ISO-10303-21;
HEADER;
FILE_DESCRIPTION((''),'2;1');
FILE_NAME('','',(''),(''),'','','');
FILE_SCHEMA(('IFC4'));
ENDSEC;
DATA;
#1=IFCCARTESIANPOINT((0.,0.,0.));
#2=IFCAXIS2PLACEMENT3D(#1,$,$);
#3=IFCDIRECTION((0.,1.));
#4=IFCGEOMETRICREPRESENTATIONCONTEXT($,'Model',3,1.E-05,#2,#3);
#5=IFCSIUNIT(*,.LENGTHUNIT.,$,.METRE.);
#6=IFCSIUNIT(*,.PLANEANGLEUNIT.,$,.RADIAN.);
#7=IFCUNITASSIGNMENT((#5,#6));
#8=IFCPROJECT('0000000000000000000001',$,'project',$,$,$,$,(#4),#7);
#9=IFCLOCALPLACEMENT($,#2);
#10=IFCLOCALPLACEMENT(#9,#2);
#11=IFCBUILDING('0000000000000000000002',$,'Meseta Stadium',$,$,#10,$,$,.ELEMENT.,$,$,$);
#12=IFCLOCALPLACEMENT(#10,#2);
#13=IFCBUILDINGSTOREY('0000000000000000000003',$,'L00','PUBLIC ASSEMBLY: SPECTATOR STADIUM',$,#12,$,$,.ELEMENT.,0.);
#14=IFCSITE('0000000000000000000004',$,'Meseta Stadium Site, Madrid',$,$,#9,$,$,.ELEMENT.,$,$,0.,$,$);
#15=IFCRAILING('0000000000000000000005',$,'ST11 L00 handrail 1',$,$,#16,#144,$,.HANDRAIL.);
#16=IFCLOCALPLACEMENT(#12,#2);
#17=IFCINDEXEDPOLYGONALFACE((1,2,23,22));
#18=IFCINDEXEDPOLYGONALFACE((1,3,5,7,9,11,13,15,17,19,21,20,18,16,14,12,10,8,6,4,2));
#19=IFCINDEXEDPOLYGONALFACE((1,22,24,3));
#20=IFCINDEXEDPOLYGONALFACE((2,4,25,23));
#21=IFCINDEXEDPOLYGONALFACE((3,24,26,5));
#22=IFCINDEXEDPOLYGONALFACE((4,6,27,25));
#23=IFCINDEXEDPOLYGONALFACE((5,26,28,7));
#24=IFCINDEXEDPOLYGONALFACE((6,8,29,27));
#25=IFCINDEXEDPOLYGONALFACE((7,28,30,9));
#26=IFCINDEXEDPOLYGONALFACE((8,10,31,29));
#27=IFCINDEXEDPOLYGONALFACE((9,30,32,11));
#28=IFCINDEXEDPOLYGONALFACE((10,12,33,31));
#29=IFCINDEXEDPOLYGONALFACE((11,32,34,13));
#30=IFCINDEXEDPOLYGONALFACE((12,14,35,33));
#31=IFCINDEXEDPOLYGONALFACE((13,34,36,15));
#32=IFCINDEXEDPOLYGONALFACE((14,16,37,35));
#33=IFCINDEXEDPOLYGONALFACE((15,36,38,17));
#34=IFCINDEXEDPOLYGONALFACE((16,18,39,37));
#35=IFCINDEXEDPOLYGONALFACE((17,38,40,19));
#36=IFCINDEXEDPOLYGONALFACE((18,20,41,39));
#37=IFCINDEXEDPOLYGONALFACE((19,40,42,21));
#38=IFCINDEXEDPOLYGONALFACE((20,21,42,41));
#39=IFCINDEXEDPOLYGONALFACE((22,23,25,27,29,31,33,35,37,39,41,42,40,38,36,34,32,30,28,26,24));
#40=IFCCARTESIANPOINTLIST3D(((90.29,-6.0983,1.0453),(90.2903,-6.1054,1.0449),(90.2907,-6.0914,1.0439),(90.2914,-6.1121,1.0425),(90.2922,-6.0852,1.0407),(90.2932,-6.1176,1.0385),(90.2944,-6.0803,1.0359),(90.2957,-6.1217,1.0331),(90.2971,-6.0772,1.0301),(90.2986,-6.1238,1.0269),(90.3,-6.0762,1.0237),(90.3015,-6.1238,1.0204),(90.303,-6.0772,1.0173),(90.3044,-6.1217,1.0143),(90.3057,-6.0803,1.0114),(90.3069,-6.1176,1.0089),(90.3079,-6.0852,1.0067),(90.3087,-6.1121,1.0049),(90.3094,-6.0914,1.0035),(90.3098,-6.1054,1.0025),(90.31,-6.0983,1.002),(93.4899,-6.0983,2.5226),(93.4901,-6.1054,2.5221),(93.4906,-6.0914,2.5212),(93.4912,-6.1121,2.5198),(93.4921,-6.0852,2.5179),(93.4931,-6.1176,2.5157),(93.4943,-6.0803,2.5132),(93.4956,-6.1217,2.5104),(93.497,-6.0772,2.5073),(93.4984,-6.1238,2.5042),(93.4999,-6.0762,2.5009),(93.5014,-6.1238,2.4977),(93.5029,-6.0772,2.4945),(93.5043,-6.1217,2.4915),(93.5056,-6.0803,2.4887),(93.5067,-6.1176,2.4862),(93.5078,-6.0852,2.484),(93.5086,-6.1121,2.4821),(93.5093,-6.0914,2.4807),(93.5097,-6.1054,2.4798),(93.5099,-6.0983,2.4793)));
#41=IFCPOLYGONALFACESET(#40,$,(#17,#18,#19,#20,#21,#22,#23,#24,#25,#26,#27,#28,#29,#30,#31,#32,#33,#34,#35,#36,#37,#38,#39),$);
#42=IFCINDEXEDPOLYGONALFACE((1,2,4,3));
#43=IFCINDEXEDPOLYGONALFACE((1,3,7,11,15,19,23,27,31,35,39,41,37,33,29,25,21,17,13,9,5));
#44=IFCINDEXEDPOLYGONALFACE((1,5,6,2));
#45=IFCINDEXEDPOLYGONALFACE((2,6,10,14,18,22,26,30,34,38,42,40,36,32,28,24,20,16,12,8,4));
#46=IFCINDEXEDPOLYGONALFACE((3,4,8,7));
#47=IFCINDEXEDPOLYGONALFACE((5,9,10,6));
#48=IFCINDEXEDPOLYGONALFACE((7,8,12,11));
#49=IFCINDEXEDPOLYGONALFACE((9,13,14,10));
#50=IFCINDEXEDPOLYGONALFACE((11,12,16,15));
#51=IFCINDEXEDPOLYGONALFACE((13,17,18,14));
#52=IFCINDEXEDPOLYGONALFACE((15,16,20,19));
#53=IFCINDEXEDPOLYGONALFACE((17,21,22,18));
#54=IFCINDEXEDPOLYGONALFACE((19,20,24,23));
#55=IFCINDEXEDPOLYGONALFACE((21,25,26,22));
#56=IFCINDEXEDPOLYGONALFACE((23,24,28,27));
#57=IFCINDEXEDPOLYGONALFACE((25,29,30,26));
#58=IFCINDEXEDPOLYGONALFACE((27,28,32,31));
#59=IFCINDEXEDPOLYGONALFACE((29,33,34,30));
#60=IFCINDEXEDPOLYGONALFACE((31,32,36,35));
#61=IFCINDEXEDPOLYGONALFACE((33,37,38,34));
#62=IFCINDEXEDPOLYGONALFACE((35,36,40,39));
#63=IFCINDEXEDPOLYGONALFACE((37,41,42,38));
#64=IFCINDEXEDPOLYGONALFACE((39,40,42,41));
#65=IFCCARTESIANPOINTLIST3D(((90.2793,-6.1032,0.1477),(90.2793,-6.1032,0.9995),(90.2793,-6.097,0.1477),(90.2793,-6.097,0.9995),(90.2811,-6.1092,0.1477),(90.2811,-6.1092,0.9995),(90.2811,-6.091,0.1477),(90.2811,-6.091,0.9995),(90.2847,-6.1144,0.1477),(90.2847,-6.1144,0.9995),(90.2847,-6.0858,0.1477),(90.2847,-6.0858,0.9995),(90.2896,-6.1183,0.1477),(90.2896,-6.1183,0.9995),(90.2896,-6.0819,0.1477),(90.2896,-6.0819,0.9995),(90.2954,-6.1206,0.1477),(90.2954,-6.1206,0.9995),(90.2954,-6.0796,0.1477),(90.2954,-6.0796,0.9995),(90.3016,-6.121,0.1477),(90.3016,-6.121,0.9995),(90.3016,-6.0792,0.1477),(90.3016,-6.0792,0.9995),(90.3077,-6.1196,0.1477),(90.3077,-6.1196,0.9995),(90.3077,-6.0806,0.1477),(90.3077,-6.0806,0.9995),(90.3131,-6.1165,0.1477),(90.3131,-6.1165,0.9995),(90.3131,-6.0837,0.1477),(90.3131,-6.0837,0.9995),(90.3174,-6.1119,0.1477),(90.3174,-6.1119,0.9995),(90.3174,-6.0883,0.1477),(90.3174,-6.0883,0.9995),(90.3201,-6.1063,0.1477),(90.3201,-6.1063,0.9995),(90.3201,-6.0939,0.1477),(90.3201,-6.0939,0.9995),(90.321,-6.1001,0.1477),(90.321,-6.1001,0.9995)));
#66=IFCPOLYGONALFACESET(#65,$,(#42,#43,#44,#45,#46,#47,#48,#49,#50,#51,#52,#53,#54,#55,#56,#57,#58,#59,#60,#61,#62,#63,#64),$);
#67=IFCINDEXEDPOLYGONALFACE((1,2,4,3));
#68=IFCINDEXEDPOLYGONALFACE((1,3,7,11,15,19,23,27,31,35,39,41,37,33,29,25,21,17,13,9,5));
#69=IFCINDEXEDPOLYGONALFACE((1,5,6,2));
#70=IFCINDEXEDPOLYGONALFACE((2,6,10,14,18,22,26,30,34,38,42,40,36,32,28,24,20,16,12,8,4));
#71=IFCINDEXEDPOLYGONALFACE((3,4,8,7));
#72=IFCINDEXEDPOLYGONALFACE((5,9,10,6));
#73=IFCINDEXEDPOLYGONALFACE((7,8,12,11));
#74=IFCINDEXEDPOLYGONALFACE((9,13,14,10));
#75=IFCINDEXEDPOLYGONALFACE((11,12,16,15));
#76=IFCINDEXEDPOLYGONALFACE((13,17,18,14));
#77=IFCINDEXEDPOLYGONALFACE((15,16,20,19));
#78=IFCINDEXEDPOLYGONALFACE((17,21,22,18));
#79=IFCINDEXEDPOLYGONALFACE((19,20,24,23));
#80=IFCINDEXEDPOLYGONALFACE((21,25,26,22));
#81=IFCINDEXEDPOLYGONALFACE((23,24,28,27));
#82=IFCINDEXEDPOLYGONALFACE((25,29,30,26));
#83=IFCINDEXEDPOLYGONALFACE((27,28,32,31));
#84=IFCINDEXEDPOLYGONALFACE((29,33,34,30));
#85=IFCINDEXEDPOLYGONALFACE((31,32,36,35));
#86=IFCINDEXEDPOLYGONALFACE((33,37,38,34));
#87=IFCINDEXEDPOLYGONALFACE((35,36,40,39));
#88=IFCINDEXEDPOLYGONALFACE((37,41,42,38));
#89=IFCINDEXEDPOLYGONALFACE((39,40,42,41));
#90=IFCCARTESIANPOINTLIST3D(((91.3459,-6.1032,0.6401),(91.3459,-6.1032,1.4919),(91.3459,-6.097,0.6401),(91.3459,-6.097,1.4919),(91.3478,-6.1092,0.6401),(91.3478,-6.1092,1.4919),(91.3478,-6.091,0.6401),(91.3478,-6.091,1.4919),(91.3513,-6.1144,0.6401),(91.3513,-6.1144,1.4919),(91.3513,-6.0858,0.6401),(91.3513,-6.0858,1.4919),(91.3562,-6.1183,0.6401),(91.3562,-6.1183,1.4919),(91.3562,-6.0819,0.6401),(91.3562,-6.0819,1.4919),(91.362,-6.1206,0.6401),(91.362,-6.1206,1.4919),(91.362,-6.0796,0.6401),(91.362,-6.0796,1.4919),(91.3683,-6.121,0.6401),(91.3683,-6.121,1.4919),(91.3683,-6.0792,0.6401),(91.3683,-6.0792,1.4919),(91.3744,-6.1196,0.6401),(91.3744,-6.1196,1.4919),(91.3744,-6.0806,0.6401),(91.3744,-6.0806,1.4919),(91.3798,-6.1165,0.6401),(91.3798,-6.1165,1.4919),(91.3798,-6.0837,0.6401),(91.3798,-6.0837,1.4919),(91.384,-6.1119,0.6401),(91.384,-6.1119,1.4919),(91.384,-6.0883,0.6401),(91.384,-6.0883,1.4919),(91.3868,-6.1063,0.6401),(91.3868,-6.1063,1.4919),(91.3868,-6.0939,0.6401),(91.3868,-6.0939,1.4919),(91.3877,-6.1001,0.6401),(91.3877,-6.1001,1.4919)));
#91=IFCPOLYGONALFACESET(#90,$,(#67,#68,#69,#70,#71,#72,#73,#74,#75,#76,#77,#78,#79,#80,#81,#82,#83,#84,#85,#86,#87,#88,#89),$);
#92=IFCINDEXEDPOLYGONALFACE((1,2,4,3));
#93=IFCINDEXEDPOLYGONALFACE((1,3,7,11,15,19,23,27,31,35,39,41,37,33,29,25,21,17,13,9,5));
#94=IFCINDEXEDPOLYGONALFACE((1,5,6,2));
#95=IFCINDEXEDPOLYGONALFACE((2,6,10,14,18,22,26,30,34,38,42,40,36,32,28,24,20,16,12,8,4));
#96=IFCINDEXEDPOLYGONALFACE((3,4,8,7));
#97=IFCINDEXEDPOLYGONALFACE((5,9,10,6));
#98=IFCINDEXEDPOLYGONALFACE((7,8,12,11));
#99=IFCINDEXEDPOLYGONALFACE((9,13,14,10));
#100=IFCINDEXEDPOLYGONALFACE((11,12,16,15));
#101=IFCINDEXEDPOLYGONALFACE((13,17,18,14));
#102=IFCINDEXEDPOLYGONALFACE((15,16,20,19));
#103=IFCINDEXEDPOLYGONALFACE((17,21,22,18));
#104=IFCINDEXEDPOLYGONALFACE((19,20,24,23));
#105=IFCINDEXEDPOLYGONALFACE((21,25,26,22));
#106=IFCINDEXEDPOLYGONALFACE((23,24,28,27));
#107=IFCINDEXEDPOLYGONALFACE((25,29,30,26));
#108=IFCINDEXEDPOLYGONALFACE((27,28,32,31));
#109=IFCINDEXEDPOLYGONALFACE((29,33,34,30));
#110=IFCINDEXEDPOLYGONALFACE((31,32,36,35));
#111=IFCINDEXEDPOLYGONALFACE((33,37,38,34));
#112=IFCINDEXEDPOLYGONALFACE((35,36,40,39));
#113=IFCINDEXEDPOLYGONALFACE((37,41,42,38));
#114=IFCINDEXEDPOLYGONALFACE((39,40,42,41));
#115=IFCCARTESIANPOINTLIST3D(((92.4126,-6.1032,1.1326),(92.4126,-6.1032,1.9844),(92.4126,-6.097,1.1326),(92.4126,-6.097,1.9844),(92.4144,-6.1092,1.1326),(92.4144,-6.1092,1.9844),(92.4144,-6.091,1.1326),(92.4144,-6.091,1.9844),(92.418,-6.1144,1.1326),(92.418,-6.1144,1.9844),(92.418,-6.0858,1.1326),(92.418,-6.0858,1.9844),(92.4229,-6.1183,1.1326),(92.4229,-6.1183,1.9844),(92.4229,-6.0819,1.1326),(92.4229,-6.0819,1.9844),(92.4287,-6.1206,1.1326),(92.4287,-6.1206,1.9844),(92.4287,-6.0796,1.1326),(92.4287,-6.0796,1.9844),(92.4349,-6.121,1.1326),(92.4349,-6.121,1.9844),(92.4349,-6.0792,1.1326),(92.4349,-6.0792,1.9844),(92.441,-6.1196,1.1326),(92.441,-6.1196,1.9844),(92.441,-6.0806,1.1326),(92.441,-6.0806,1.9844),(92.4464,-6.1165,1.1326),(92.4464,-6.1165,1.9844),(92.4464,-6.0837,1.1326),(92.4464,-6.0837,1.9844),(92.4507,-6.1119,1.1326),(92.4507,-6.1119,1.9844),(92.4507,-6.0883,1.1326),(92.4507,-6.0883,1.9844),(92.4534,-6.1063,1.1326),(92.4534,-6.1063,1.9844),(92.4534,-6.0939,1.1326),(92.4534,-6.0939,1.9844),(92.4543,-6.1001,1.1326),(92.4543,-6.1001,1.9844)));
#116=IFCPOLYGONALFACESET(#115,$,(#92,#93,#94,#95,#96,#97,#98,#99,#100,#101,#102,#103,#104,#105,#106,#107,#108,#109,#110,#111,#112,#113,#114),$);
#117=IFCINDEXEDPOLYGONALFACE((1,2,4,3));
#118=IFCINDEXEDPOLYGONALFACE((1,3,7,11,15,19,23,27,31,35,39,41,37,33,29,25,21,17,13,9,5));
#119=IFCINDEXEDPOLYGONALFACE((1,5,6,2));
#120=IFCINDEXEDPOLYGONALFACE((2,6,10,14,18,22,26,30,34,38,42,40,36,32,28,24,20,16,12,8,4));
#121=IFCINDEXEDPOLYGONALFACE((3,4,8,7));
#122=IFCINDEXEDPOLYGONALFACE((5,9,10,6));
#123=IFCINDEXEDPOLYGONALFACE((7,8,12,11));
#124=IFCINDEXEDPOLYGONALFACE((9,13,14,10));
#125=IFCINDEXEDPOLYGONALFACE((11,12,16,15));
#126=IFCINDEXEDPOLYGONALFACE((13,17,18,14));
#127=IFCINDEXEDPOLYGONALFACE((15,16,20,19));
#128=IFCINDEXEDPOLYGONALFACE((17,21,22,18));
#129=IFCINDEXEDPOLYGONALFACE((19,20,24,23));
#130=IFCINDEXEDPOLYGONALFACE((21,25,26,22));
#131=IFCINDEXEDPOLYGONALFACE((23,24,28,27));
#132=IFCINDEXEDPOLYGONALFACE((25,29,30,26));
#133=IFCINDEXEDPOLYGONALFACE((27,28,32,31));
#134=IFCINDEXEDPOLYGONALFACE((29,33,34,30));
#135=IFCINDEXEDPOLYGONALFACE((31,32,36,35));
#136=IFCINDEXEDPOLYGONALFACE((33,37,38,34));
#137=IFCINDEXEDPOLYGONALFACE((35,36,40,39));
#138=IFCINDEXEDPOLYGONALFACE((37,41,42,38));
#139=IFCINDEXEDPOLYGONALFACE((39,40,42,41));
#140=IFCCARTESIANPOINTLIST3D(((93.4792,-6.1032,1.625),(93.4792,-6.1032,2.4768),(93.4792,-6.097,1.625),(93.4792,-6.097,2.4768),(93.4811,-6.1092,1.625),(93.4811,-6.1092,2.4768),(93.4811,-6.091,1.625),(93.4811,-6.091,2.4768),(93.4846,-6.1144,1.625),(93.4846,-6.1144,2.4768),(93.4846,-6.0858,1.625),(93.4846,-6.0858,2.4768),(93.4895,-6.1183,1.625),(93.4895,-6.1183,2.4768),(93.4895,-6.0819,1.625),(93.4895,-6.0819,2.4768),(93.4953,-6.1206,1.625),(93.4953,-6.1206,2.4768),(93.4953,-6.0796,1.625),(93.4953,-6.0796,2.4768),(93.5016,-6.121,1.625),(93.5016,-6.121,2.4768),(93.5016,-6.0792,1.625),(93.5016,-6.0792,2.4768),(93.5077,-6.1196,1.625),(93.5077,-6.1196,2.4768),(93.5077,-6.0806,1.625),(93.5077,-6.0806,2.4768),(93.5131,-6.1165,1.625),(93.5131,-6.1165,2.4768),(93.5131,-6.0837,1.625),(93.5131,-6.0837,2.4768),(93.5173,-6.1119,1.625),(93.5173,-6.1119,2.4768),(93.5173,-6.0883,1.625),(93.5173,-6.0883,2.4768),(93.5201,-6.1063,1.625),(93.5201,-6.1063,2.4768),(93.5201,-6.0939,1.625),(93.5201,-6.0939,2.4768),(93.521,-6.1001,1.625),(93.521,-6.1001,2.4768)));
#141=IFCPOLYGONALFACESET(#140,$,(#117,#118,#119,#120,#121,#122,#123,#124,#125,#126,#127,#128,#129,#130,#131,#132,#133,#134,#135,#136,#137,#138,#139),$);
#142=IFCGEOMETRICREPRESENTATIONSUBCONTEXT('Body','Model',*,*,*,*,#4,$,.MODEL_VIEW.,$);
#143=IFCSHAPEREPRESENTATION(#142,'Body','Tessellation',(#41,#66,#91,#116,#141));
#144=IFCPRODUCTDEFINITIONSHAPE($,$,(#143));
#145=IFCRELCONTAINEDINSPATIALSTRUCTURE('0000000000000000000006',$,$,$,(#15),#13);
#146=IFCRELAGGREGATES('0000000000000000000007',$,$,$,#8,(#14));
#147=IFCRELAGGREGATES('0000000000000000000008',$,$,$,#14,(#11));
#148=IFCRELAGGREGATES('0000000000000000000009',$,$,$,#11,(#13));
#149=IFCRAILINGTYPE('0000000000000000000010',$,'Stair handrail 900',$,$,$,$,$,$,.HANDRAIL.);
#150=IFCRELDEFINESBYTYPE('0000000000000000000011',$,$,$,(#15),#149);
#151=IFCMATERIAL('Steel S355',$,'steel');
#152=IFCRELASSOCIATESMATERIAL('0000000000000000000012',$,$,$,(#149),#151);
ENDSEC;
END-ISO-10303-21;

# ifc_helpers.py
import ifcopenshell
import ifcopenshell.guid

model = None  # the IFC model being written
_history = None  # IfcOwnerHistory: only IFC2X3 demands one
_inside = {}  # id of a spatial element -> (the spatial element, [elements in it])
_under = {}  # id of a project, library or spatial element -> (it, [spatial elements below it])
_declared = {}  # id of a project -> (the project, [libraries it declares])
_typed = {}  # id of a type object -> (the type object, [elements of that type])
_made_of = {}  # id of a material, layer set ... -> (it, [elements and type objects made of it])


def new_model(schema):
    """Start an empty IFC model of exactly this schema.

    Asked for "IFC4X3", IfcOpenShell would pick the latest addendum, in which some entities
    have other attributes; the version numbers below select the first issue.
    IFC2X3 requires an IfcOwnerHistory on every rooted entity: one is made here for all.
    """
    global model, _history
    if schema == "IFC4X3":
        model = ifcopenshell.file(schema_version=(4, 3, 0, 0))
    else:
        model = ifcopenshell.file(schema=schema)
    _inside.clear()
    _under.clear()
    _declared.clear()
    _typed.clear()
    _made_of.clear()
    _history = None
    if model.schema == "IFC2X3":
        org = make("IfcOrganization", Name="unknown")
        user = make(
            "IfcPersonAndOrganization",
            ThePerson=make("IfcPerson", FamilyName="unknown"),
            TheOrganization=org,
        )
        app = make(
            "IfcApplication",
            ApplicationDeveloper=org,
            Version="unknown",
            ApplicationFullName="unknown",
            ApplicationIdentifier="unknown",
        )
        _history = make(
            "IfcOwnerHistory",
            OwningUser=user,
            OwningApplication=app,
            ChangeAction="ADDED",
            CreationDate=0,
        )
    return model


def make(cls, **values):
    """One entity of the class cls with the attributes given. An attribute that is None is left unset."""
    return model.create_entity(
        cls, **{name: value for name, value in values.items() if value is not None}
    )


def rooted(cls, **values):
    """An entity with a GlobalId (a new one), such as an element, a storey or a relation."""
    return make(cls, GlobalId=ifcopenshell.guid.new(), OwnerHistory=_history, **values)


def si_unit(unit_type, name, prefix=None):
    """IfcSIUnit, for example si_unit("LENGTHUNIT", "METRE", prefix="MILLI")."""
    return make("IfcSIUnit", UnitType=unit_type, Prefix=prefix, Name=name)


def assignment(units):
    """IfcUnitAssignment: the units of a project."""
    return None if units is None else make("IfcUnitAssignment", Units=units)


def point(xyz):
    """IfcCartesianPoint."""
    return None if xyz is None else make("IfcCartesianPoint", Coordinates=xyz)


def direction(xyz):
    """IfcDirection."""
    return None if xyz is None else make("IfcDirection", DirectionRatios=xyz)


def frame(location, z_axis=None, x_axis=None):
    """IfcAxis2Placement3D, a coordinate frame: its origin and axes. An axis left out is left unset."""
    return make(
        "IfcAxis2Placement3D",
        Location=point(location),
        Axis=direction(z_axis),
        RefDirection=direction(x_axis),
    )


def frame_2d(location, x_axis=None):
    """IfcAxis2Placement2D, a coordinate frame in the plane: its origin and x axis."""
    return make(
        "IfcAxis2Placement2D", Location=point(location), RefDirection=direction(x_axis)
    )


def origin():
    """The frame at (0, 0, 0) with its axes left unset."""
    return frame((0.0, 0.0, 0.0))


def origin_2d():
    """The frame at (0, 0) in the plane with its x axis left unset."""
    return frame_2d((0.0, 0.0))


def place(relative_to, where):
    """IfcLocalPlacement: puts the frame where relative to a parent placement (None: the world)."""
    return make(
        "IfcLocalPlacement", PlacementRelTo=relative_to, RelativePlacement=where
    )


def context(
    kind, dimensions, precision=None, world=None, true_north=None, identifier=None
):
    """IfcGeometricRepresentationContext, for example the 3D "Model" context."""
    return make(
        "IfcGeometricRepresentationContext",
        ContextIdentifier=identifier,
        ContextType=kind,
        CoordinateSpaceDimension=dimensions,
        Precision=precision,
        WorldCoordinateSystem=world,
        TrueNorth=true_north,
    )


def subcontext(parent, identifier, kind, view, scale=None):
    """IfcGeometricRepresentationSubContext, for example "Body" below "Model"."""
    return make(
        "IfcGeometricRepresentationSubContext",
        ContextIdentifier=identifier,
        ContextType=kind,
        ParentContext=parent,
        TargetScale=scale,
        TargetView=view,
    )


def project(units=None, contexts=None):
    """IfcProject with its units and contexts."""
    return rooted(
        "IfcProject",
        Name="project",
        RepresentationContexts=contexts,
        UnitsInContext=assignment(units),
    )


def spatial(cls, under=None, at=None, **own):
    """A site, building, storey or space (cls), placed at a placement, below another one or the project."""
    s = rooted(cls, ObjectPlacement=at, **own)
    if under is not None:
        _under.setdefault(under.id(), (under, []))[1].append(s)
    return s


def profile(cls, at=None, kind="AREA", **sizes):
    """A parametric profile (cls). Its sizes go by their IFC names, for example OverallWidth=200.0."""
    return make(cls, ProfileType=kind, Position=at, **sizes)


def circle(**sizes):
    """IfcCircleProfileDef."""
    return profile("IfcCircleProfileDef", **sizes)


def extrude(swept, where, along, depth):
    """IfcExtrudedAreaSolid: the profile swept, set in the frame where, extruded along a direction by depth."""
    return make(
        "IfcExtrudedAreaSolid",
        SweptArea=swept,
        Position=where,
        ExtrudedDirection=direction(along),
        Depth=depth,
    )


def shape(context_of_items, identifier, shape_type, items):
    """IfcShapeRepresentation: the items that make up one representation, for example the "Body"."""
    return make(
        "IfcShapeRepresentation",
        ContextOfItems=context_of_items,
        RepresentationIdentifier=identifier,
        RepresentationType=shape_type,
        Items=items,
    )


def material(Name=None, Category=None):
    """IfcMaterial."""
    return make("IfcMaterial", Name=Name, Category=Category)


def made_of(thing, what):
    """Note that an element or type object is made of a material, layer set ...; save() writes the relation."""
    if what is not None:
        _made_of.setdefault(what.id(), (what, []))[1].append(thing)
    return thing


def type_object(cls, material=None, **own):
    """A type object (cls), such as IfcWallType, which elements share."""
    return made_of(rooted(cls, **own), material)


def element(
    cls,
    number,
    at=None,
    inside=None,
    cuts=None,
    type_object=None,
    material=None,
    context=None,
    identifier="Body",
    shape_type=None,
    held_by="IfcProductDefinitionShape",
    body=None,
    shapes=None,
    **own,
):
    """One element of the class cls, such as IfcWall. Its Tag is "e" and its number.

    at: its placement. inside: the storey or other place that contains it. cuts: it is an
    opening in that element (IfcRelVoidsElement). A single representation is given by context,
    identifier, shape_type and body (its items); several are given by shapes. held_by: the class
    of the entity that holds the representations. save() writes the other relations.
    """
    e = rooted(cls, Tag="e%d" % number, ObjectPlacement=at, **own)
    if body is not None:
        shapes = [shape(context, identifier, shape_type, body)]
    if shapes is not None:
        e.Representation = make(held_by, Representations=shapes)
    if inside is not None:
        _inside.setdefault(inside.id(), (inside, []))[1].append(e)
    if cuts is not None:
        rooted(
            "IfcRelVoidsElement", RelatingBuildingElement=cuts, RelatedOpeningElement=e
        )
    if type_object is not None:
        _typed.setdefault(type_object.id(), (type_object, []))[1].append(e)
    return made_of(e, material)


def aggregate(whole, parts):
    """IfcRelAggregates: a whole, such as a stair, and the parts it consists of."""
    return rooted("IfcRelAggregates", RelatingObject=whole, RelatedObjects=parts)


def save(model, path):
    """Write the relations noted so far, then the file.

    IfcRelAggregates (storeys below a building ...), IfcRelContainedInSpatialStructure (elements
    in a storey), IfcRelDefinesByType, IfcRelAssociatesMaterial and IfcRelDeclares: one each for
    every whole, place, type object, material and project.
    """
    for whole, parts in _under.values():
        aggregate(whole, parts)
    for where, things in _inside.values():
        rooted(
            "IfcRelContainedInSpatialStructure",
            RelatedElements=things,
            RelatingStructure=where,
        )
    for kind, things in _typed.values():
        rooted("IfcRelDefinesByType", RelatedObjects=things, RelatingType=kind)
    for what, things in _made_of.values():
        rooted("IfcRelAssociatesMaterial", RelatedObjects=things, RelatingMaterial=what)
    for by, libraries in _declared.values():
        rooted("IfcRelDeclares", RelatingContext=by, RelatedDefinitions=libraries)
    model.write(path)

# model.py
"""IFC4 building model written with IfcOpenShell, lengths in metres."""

from ifc_helpers import new_model, si_unit, direction, frame, origin, origin_2d, place, context, subcontext, project, spatial, circle, extrude, material, type_object, element, save


model = new_model("IFC4")

# Units and contexts
model_context = context("Model", 3, precision=1e-05, world=origin(), true_north=direction((0.0, 1.0)))
body_context = subcontext(model_context, "Body", "Model", "MODEL_VIEW")
ifc_project = project(units=[si_unit("LENGTHUNIT", "METRE"), si_unit("PLANEANGLEUNIT", "RADIAN")], contexts=[model_context])

# Site, building, storey
site_placement = place(None, origin())
site = spatial("IfcSite", under=ifc_project, at=site_placement, Name="Meseta Stadium Site, Madrid", CompositionType="ELEMENT", RefElevation=0.0)
building_placement = place(site_placement, origin())
building = spatial("IfcBuilding", under=site, at=building_placement, Name="Meseta Stadium", CompositionType="ELEMENT")
storey_placement = place(building_placement, origin())
storey = spatial("IfcBuildingStorey", under=building, at=storey_placement, Name="L00", Description="PUBLIC ASSEMBLY: SPECTATOR STADIUM", CompositionType="ELEMENT", Elevation=0.0)

# Railing
ifc_material_1 = material(Name="Steel S355", Category="steel")
railing_type_1 = type_object("IfcRailingType", Name="Stair handrail 900", PredefinedType="HANDRAIL", material=ifc_material_1)
for number, where, name in (
    (1, (90.3, -6.1001, 0.1477), "ST11 L00 handrail 1"),
):
    element("IfcRailing", number, at=place(storey_placement, frame(where)), inside=storey, type_object=railing_type_1, Name=name, PredefinedType="HANDRAIL", context=body_context, shape_type="SweptSolid", body=[
        extrude(circle(Radius=0.0239, at=origin_2d()), frame((0.0, 0.0, 0.876), z_axis=(0.907917, 0.0, 0.41915), x_axis=(0.0, 1.0, 0.0)), (0.0, 0.0, 1.0), 3.5244),
        extrude(circle(Radius=0.021, at=origin_2d()), origin(), (0.0, 0.0, 1.0), 0.8518),
        extrude(circle(Radius=0.021, at=origin_2d()), frame((1.0667, 0.0, 0.4924)), (0.0, 0.0, 1.0), 0.8518),
        extrude(circle(Radius=0.021, at=origin_2d()), frame((2.1333, 0.0, 0.9849)), (0.0, 0.0, 1.0), 0.8518),
        extrude(circle(Radius=0.021, at=origin_2d()), frame((3.2, 0.0, 1.4773)), (0.0, 0.0, 1.0), 0.8518),
    ])

save(model, "model.ifc")
